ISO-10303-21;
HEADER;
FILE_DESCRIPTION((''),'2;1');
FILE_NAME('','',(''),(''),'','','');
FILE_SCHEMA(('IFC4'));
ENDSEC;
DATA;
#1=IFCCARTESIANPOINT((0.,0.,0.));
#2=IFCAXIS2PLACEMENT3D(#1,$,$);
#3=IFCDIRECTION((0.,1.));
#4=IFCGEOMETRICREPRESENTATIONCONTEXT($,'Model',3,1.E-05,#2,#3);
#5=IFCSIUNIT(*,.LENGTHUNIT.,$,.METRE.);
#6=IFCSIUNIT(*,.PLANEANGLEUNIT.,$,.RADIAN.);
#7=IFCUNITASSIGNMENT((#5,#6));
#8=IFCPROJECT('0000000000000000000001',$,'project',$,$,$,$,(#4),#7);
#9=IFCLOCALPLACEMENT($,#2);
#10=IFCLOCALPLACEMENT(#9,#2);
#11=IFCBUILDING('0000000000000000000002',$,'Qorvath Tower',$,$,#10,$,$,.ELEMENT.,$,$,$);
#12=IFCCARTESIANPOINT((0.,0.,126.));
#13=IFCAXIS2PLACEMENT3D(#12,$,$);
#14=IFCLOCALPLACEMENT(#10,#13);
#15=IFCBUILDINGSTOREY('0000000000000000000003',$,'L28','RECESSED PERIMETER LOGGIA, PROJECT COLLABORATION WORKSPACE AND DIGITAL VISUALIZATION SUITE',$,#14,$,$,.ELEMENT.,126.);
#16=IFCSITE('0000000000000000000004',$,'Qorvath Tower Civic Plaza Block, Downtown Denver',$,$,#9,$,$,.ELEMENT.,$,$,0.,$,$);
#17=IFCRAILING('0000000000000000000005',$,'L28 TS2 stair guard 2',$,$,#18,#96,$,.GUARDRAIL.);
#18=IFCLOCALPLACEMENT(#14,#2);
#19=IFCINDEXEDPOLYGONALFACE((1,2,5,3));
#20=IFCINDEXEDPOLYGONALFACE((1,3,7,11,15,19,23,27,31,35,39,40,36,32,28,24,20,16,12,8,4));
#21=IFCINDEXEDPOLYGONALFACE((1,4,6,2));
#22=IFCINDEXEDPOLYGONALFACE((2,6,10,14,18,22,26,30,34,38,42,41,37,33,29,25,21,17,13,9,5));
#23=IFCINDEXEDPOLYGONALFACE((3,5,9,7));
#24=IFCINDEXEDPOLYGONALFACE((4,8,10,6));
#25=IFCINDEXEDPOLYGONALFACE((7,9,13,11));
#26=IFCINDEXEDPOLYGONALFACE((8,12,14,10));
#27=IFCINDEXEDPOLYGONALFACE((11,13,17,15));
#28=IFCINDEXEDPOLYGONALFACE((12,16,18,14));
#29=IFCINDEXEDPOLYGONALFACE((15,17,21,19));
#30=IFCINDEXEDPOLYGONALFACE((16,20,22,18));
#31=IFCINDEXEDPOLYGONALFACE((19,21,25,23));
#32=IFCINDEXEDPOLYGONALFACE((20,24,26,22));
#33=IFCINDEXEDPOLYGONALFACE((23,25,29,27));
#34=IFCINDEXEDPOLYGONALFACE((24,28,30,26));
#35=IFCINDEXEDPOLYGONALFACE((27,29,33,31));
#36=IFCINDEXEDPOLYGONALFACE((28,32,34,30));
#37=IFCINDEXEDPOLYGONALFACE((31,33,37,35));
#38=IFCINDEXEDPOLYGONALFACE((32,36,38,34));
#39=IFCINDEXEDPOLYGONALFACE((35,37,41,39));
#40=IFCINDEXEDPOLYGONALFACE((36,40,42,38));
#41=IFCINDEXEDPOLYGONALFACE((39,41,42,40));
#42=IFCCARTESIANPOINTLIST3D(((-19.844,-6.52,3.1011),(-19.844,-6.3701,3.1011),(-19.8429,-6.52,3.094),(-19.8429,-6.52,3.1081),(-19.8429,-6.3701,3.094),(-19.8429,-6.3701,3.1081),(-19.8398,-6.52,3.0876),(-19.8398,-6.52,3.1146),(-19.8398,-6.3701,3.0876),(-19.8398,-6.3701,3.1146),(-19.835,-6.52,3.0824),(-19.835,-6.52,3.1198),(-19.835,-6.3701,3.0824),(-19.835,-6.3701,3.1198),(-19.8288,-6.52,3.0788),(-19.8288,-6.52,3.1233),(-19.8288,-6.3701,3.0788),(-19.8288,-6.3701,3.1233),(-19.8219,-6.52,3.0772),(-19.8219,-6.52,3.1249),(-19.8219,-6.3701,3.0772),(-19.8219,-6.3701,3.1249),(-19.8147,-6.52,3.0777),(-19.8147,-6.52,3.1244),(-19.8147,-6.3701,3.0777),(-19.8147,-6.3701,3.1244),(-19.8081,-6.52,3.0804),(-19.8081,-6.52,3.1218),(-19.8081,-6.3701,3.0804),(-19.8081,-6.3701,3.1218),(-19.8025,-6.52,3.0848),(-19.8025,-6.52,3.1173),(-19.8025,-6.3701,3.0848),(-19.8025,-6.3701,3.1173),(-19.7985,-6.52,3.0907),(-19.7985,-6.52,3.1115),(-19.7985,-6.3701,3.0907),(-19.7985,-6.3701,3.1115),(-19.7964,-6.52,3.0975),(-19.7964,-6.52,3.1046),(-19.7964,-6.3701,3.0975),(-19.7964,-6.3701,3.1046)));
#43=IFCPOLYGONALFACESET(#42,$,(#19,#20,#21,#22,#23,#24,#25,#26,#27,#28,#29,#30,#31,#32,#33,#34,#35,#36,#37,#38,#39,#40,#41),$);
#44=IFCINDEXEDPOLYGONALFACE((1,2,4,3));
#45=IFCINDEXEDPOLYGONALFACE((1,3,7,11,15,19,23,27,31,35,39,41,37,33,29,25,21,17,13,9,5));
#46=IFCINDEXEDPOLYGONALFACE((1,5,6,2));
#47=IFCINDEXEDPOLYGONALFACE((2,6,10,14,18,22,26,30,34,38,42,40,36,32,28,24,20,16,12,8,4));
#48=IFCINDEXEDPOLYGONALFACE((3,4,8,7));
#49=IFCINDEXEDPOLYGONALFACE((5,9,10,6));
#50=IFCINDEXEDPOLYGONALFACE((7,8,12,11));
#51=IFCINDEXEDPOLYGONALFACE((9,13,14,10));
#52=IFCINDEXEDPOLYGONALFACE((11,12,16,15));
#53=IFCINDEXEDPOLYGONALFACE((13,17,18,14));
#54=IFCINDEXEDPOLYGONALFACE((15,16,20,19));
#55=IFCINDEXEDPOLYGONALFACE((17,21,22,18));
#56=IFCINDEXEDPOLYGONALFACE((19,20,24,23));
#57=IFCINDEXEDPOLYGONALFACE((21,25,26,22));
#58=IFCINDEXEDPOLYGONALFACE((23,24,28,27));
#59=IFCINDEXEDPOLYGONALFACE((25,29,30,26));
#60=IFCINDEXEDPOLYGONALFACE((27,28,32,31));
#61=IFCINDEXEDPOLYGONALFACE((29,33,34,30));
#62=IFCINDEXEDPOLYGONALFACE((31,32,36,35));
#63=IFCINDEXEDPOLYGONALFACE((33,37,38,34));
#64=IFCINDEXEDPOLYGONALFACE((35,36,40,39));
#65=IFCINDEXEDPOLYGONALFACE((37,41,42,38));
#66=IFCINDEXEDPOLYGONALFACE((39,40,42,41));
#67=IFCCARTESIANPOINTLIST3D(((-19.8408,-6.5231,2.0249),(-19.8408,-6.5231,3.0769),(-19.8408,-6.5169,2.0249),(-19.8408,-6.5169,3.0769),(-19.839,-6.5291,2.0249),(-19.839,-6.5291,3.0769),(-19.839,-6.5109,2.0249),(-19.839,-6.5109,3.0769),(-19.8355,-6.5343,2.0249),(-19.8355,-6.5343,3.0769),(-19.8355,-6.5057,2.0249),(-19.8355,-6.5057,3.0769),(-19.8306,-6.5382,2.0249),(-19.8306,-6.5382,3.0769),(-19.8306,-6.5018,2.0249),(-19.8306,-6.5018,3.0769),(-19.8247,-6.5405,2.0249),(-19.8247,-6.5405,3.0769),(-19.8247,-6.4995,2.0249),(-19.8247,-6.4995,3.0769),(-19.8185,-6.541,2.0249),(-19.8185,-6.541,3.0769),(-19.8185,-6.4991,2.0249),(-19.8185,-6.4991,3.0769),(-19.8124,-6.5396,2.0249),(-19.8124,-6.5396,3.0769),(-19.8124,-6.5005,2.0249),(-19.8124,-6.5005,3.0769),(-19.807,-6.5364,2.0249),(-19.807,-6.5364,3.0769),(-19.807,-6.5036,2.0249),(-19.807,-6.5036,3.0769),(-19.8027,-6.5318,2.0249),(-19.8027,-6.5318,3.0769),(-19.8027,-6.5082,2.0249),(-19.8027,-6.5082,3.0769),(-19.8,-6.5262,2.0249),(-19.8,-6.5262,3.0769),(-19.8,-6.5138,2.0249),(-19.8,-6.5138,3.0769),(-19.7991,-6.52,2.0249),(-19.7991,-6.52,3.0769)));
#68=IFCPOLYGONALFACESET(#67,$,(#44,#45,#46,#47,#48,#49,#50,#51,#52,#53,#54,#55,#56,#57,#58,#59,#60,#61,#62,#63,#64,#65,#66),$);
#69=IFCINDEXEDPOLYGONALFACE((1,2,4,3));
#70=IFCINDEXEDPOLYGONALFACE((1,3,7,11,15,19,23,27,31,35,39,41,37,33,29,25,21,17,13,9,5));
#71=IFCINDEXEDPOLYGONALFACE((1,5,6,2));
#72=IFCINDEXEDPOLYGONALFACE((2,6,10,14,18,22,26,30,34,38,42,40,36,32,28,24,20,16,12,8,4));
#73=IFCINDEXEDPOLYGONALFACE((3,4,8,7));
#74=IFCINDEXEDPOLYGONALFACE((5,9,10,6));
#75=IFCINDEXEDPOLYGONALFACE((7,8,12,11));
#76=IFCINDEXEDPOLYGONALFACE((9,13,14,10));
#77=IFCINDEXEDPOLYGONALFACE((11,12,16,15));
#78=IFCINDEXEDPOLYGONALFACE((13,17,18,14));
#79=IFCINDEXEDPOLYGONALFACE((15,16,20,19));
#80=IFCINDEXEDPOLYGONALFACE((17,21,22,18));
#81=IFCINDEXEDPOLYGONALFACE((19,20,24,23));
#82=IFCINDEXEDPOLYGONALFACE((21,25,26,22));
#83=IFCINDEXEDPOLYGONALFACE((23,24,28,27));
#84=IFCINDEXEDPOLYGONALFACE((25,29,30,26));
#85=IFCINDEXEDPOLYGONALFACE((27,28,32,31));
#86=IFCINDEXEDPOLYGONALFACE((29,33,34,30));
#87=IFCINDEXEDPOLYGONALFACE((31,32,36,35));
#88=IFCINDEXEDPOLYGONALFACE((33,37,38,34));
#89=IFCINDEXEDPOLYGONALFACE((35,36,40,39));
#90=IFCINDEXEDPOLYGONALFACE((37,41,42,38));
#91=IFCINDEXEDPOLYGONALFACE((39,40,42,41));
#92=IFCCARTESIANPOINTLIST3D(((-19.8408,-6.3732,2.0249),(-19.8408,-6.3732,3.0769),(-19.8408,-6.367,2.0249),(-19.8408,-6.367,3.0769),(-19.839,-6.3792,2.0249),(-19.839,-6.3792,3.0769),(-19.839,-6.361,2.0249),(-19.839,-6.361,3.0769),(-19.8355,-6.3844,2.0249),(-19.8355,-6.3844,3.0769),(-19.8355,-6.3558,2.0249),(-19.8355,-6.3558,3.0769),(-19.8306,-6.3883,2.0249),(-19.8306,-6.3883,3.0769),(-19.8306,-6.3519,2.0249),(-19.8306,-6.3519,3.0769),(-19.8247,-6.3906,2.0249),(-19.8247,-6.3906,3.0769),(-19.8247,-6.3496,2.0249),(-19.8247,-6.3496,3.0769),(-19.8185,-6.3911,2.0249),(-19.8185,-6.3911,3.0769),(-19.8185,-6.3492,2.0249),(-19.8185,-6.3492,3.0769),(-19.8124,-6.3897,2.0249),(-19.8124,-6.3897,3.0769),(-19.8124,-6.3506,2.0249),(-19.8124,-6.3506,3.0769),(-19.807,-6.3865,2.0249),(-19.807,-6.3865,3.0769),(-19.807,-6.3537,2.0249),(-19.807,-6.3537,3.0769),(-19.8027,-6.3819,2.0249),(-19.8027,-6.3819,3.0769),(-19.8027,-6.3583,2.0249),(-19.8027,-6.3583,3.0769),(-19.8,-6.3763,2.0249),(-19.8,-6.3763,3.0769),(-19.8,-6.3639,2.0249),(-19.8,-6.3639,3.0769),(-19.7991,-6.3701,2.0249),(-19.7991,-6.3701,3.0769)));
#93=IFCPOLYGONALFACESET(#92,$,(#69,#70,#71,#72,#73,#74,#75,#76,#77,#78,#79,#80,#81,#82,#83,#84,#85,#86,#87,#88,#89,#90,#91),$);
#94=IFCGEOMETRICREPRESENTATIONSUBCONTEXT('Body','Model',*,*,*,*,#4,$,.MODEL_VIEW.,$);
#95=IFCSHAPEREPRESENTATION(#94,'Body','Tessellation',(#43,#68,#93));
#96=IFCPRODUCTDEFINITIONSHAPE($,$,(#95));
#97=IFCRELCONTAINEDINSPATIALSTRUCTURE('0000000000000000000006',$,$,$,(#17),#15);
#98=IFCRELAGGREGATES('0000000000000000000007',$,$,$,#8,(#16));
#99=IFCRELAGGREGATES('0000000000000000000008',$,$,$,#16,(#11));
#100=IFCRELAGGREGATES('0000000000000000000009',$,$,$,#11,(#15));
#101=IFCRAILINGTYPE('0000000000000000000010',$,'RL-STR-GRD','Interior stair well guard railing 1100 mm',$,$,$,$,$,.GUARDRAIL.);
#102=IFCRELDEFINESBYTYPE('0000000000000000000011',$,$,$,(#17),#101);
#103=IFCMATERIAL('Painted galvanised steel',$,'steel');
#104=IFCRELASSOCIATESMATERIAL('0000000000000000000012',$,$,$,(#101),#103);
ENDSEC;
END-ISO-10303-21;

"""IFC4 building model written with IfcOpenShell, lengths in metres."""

from ifc_helpers import new_model, si_unit, direction, frame, origin, origin_2d, place, context, subcontext, project, spatial, circle, extrude, material, type_object, element, save


model = new_model("IFC4")

# Units and contexts
model_context = context("Model", 3, precision=1e-05, world=origin(), true_north=direction((0.0, 1.0)))
body_context = subcontext(model_context, "Body", "Model", "MODEL_VIEW")
ifc_project = project(units=[si_unit("LENGTHUNIT", "METRE"), si_unit("PLANEANGLEUNIT", "RADIAN")], contexts=[model_context])

# Site, building, storey
site_placement = place(None, origin())
site = spatial("IfcSite", under=ifc_project, at=site_placement, Name="Qorvath Tower Civic Plaza Block, Downtown Denver", CompositionType="ELEMENT", RefElevation=0.0)
building_placement = place(site_placement, origin())
building = spatial("IfcBuilding", under=site, at=building_placement, Name="Qorvath Tower", CompositionType="ELEMENT")
storey_placement = place(building_placement, frame((0.0, 0.0, 126.0)))
storey = spatial("IfcBuildingStorey", under=building, at=storey_placement, Name="L28", Description="RECESSED PERIMETER LOGGIA, PROJECT COLLABORATION WORKSPACE AND DIGITAL VISUALIZATION SUITE", CompositionType="ELEMENT", Elevation=126.0)

# Railing
ifc_material_1 = material(Name="Painted galvanised steel", Category="steel")
railing_type_1 = type_object("IfcRailingType", Name="RL-STR-GRD", Description="Interior stair well guard railing 1100 mm", PredefinedType="GUARDRAIL", material=ifc_material_1)
railing_1_placement = place(storey_placement, frame((-19.8201, -6.52, 2.0249)))
element("IfcRailing", 1, at=railing_1_placement, inside=storey, type_object=railing_type_1, Name="L28 TS2 stair guard 2", PredefinedType="GUARDRAIL", context=body_context, shape_type="SweptSolid", body=[
    extrude(circle(Radius=0.0239, at=origin_2d()), frame((0.0, 0.0, 1.0762), z_axis=(0.0, 1.0, 0.0), x_axis=(-1.0, 0.0, 0.0)), (0.0, 0.0, 1.0), 0.1499),
    extrude(circle(Radius=0.021, at=origin_2d()), origin(), (0.0, 0.0, 1.0), 1.052),
    extrude(circle(Radius=0.021, at=origin_2d()), frame((0.0, 0.1499, 0.0)), (0.0, 0.0, 1.0), 1.052),
])

save(model, "model.ifc")
